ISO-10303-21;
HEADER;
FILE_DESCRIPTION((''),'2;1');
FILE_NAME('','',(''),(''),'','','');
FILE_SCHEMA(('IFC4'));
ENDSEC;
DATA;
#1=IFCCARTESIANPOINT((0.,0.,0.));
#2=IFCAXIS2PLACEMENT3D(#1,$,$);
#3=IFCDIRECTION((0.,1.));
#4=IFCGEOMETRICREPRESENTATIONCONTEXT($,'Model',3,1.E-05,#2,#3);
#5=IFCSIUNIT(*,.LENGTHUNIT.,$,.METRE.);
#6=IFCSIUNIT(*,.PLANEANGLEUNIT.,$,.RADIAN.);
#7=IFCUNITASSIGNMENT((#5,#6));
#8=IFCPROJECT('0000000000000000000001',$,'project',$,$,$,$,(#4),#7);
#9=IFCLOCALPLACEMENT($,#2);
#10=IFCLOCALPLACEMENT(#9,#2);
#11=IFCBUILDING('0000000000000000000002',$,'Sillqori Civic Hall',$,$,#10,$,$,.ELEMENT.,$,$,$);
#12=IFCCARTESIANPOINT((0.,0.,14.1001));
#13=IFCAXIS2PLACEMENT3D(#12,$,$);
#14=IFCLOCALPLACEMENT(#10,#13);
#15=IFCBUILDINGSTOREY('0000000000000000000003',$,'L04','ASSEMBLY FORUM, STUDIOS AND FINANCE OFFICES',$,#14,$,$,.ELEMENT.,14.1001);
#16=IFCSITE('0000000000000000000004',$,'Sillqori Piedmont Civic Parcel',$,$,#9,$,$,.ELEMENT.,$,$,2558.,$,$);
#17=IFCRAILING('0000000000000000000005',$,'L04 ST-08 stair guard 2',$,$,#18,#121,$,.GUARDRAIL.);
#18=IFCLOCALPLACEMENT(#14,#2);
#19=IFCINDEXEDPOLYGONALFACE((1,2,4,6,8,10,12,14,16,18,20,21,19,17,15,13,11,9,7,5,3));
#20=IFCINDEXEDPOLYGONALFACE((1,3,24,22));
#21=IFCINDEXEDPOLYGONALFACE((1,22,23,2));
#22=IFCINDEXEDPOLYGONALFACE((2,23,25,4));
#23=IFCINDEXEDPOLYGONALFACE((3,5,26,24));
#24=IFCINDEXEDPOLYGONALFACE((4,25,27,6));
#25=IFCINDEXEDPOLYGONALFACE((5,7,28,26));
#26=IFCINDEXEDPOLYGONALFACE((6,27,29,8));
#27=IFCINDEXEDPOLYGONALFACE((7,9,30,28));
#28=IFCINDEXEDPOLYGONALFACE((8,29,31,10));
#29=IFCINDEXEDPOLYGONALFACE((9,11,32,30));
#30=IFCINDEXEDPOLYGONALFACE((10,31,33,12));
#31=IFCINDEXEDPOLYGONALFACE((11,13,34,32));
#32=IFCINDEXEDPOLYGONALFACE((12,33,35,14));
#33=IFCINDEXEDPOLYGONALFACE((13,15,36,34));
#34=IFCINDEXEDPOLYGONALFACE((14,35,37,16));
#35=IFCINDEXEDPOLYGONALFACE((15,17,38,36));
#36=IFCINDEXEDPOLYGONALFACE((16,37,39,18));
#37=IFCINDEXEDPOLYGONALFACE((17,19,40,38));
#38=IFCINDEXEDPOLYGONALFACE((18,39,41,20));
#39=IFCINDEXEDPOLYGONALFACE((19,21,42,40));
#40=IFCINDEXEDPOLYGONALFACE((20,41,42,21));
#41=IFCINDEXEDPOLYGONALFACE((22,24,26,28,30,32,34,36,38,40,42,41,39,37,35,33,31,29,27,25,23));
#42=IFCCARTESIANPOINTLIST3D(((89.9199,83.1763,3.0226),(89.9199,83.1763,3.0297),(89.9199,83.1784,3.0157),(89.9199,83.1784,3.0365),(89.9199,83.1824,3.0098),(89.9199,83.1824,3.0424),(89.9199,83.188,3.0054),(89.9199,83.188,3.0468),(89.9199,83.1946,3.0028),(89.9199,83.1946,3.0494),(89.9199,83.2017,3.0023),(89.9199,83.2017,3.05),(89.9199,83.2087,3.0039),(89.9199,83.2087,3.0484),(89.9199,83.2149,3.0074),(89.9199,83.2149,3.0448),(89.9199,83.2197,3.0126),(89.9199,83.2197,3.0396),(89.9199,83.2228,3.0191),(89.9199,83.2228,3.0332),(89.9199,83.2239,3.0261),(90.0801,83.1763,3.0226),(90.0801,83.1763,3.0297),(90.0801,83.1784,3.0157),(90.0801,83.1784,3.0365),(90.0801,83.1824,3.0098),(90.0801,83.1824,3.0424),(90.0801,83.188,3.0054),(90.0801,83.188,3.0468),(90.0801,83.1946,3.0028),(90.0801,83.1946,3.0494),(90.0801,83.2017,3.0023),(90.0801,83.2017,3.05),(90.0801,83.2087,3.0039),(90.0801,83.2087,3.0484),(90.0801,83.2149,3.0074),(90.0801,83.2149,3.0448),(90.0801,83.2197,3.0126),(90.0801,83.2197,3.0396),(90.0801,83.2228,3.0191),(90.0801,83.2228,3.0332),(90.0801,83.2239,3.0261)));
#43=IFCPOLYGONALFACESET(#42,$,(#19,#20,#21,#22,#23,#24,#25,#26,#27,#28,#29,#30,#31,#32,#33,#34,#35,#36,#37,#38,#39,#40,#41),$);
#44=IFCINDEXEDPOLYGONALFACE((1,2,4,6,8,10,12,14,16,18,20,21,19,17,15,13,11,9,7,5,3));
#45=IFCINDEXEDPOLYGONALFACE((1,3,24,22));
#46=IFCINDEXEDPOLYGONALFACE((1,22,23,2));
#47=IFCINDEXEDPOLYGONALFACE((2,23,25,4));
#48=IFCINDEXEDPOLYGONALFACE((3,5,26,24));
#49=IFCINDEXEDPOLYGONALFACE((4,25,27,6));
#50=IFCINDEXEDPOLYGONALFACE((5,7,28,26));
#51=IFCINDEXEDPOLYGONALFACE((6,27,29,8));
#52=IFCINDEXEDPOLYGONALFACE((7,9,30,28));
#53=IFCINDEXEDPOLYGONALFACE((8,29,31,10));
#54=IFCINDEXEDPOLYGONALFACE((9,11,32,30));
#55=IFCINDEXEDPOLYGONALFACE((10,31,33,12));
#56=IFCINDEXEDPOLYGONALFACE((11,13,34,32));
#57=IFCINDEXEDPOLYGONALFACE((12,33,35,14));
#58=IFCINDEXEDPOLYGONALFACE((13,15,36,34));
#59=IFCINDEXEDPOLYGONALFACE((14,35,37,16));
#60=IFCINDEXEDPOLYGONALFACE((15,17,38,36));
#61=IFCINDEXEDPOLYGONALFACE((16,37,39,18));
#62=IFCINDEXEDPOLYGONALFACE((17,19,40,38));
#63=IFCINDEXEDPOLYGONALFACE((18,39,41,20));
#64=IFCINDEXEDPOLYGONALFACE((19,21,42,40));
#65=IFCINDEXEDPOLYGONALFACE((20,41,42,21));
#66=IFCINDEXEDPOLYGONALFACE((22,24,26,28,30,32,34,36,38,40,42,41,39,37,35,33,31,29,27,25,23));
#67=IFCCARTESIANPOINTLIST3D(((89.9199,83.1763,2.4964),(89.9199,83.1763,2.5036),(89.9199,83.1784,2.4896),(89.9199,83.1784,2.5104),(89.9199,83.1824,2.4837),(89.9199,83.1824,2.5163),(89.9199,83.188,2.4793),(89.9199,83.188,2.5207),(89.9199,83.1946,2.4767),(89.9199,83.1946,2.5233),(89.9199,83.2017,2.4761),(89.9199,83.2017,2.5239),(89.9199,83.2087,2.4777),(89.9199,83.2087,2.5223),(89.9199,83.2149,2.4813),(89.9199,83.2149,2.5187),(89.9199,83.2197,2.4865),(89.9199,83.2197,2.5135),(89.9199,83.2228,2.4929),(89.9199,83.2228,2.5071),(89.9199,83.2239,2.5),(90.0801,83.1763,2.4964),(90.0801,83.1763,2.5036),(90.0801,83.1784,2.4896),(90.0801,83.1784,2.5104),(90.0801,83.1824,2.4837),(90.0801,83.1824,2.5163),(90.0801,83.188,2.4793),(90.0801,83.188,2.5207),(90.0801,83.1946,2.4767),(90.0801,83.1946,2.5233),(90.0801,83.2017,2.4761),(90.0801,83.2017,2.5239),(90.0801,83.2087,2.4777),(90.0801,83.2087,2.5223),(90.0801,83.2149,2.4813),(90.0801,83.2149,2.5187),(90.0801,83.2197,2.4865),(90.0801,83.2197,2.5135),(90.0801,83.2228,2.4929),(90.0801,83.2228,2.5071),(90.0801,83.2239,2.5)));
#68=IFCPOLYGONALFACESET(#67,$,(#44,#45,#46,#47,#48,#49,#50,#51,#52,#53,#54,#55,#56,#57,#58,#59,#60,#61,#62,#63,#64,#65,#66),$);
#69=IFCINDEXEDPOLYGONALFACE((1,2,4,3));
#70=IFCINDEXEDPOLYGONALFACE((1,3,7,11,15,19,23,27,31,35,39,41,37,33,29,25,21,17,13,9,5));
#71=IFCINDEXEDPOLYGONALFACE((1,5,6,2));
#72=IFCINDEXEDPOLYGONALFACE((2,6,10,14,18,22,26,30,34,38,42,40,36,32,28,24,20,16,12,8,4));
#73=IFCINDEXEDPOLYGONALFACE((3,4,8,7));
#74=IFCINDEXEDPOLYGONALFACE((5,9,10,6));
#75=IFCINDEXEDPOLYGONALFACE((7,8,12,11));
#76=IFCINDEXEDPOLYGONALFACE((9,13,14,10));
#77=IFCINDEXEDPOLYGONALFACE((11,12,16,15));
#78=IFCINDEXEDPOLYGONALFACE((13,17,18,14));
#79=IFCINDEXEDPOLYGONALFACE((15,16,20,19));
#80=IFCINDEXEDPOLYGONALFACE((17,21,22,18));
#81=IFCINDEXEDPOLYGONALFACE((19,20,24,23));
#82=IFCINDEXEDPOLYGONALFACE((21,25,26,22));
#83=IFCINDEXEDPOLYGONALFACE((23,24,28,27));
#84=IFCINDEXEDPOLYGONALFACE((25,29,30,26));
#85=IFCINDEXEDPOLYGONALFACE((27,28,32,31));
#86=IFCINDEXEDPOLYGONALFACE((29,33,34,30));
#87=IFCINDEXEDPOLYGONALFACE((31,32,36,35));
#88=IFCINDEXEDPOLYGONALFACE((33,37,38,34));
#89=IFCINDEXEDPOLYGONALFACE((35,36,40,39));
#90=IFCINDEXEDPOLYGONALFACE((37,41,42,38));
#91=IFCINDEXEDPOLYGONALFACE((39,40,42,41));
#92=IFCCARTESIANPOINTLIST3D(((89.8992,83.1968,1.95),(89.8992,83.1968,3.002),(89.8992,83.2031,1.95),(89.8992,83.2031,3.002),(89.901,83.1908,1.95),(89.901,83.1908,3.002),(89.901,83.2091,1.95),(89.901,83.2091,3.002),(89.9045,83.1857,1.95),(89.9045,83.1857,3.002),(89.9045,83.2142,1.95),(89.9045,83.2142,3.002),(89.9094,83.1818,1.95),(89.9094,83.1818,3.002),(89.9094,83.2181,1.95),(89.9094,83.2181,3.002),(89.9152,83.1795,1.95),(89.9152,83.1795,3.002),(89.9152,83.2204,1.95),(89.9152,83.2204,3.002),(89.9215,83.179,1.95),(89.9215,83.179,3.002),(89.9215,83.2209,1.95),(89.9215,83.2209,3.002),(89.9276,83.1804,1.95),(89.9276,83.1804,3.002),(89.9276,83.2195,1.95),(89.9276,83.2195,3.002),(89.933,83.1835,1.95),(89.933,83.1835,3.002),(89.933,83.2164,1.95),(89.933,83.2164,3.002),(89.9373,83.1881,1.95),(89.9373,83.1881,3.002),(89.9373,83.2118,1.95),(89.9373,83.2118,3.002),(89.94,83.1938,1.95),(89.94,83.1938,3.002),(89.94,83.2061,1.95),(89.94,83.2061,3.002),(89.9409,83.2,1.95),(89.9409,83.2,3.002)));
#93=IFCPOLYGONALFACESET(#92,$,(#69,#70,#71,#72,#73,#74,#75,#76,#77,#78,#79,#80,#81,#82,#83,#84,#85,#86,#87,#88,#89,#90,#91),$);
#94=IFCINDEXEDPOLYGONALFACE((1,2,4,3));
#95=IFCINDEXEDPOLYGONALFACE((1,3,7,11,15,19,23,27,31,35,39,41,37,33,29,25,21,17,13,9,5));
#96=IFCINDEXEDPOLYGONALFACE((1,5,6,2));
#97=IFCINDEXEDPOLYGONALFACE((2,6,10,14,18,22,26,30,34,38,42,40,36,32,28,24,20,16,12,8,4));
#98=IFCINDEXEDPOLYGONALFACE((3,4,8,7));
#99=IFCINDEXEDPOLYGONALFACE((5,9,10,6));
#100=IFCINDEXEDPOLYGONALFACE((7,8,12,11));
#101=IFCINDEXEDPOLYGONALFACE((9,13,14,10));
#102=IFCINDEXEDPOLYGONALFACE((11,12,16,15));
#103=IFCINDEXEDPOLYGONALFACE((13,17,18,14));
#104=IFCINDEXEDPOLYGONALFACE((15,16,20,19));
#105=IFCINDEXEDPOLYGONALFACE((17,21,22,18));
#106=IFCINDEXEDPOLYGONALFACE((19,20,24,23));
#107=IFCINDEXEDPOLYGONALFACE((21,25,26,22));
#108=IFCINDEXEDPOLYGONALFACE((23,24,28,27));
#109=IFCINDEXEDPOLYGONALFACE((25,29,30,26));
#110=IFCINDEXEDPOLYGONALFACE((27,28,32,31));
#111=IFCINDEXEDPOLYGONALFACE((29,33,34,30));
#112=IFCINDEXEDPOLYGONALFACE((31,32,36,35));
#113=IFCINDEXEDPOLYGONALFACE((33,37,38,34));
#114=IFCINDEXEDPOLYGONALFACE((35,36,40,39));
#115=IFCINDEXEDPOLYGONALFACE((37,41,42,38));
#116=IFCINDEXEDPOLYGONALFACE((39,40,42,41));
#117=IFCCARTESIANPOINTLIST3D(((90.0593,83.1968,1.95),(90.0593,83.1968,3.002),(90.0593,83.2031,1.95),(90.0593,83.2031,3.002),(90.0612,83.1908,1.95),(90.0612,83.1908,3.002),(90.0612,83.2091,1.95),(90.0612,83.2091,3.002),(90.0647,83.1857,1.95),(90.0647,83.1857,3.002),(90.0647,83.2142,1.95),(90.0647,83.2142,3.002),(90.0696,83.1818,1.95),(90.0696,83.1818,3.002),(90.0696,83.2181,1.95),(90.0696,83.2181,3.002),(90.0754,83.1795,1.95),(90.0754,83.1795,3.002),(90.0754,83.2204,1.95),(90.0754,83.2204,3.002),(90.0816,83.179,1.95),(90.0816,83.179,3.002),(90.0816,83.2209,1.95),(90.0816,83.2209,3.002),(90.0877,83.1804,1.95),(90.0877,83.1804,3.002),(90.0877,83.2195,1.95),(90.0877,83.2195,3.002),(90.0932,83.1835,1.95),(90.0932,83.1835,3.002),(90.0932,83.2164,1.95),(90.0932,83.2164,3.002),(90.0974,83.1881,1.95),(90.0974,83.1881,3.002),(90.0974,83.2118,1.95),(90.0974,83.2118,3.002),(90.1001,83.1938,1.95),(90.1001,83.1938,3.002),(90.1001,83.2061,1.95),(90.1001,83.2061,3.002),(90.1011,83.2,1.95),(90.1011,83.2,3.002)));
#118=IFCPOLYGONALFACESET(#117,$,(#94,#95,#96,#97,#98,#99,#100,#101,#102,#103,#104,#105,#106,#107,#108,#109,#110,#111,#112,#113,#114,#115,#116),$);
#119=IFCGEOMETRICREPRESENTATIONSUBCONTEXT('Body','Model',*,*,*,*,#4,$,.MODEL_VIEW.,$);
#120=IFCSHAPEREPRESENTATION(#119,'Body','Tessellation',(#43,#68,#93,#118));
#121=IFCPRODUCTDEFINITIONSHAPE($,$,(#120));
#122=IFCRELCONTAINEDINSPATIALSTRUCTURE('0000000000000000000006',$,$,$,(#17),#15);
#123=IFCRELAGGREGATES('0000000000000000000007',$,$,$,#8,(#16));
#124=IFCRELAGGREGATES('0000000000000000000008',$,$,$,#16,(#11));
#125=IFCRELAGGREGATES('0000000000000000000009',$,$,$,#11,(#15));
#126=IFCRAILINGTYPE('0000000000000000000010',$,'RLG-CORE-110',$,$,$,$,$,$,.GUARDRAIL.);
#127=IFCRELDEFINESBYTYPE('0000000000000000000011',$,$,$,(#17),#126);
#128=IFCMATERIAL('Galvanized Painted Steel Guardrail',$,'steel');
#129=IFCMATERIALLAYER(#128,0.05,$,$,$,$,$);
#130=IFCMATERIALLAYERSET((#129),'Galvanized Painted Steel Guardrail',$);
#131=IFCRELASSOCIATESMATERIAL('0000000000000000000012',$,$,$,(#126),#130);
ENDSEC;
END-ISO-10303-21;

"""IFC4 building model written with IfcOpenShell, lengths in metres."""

from ifc_helpers import new_model, si_unit, direction, frame, origin, origin_2d, place, context, subcontext, project, spatial, circle, extrude, material, layer, layer_set, type_object, element, save


model = new_model("IFC4")

# Units and contexts
model_context = context("Model", 3, precision=1e-05, world=origin(), true_north=direction((0.0, 1.0)))
body_context = subcontext(model_context, "Body", "Model", "MODEL_VIEW")
ifc_project = project(units=[si_unit("LENGTHUNIT", "METRE"), si_unit("PLANEANGLEUNIT", "RADIAN")], contexts=[model_context])

# Site, building, storey
site_placement = place(None, origin())
site = spatial("IfcSite", under=ifc_project, at=site_placement, Name="Sillqori Piedmont Civic Parcel", CompositionType="ELEMENT", RefElevation=2558.0)
building_placement = place(site_placement, origin())
building = spatial("IfcBuilding", under=site, at=building_placement, Name="Sillqori Civic Hall", CompositionType="ELEMENT")
storey_placement = place(building_placement, frame((0.0, 0.0, 14.1001)))
storey = spatial("IfcBuildingStorey", under=building, at=storey_placement, Name="L04", Description="ASSEMBLY FORUM, STUDIOS AND FINANCE OFFICES", CompositionType="ELEMENT", Elevation=14.1001)

# Railing
ifc_material_1 = material(Name="Galvanized Painted Steel Guardrail", Category="steel")
ifc_layer_1 = layer(ifc_material_1, 0.05)
ifc_layer_set_1 = layer_set([ifc_layer_1], Name="Galvanized Painted Steel Guardrail")
railing_type_1 = type_object("IfcRailingType", Name="RLG-CORE-110", PredefinedType="GUARDRAIL", material=ifc_layer_set_1)
railing_1_placement = place(storey_placement, frame((89.9199, 83.2, 1.95)))
element("IfcRailing", 1, at=railing_1_placement, inside=storey, type_object=railing_type_1, Name="L04 ST-08 stair guard 2", PredefinedType="GUARDRAIL", context=body_context, shape_type="SweptSolid", body=[
    extrude(circle(Radius=0.0239, at=origin_2d()), frame((0.0, 0.0, 1.0762), z_axis=(1.0, 0.0, 0.0), x_axis=(0.0, 1.0, 0.0)), (0.0, 0.0, 1.0), 0.1602),
    extrude(circle(Radius=0.0239, at=origin_2d()), frame((0.0, 0.0, 0.55), z_axis=(1.0, 0.0, 0.0), x_axis=(0.0, 1.0, 0.0)), (0.0, 0.0, 1.0), 0.1602),
    extrude(circle(Radius=0.021, at=origin_2d()), origin(), (0.0, 0.0, 1.0), 1.052),
    extrude(circle(Radius=0.021, at=origin_2d()), frame((0.1602, 0.0, 0.0)), (0.0, 0.0, 1.0), 1.052),
])

save(model, "model.ifc")
